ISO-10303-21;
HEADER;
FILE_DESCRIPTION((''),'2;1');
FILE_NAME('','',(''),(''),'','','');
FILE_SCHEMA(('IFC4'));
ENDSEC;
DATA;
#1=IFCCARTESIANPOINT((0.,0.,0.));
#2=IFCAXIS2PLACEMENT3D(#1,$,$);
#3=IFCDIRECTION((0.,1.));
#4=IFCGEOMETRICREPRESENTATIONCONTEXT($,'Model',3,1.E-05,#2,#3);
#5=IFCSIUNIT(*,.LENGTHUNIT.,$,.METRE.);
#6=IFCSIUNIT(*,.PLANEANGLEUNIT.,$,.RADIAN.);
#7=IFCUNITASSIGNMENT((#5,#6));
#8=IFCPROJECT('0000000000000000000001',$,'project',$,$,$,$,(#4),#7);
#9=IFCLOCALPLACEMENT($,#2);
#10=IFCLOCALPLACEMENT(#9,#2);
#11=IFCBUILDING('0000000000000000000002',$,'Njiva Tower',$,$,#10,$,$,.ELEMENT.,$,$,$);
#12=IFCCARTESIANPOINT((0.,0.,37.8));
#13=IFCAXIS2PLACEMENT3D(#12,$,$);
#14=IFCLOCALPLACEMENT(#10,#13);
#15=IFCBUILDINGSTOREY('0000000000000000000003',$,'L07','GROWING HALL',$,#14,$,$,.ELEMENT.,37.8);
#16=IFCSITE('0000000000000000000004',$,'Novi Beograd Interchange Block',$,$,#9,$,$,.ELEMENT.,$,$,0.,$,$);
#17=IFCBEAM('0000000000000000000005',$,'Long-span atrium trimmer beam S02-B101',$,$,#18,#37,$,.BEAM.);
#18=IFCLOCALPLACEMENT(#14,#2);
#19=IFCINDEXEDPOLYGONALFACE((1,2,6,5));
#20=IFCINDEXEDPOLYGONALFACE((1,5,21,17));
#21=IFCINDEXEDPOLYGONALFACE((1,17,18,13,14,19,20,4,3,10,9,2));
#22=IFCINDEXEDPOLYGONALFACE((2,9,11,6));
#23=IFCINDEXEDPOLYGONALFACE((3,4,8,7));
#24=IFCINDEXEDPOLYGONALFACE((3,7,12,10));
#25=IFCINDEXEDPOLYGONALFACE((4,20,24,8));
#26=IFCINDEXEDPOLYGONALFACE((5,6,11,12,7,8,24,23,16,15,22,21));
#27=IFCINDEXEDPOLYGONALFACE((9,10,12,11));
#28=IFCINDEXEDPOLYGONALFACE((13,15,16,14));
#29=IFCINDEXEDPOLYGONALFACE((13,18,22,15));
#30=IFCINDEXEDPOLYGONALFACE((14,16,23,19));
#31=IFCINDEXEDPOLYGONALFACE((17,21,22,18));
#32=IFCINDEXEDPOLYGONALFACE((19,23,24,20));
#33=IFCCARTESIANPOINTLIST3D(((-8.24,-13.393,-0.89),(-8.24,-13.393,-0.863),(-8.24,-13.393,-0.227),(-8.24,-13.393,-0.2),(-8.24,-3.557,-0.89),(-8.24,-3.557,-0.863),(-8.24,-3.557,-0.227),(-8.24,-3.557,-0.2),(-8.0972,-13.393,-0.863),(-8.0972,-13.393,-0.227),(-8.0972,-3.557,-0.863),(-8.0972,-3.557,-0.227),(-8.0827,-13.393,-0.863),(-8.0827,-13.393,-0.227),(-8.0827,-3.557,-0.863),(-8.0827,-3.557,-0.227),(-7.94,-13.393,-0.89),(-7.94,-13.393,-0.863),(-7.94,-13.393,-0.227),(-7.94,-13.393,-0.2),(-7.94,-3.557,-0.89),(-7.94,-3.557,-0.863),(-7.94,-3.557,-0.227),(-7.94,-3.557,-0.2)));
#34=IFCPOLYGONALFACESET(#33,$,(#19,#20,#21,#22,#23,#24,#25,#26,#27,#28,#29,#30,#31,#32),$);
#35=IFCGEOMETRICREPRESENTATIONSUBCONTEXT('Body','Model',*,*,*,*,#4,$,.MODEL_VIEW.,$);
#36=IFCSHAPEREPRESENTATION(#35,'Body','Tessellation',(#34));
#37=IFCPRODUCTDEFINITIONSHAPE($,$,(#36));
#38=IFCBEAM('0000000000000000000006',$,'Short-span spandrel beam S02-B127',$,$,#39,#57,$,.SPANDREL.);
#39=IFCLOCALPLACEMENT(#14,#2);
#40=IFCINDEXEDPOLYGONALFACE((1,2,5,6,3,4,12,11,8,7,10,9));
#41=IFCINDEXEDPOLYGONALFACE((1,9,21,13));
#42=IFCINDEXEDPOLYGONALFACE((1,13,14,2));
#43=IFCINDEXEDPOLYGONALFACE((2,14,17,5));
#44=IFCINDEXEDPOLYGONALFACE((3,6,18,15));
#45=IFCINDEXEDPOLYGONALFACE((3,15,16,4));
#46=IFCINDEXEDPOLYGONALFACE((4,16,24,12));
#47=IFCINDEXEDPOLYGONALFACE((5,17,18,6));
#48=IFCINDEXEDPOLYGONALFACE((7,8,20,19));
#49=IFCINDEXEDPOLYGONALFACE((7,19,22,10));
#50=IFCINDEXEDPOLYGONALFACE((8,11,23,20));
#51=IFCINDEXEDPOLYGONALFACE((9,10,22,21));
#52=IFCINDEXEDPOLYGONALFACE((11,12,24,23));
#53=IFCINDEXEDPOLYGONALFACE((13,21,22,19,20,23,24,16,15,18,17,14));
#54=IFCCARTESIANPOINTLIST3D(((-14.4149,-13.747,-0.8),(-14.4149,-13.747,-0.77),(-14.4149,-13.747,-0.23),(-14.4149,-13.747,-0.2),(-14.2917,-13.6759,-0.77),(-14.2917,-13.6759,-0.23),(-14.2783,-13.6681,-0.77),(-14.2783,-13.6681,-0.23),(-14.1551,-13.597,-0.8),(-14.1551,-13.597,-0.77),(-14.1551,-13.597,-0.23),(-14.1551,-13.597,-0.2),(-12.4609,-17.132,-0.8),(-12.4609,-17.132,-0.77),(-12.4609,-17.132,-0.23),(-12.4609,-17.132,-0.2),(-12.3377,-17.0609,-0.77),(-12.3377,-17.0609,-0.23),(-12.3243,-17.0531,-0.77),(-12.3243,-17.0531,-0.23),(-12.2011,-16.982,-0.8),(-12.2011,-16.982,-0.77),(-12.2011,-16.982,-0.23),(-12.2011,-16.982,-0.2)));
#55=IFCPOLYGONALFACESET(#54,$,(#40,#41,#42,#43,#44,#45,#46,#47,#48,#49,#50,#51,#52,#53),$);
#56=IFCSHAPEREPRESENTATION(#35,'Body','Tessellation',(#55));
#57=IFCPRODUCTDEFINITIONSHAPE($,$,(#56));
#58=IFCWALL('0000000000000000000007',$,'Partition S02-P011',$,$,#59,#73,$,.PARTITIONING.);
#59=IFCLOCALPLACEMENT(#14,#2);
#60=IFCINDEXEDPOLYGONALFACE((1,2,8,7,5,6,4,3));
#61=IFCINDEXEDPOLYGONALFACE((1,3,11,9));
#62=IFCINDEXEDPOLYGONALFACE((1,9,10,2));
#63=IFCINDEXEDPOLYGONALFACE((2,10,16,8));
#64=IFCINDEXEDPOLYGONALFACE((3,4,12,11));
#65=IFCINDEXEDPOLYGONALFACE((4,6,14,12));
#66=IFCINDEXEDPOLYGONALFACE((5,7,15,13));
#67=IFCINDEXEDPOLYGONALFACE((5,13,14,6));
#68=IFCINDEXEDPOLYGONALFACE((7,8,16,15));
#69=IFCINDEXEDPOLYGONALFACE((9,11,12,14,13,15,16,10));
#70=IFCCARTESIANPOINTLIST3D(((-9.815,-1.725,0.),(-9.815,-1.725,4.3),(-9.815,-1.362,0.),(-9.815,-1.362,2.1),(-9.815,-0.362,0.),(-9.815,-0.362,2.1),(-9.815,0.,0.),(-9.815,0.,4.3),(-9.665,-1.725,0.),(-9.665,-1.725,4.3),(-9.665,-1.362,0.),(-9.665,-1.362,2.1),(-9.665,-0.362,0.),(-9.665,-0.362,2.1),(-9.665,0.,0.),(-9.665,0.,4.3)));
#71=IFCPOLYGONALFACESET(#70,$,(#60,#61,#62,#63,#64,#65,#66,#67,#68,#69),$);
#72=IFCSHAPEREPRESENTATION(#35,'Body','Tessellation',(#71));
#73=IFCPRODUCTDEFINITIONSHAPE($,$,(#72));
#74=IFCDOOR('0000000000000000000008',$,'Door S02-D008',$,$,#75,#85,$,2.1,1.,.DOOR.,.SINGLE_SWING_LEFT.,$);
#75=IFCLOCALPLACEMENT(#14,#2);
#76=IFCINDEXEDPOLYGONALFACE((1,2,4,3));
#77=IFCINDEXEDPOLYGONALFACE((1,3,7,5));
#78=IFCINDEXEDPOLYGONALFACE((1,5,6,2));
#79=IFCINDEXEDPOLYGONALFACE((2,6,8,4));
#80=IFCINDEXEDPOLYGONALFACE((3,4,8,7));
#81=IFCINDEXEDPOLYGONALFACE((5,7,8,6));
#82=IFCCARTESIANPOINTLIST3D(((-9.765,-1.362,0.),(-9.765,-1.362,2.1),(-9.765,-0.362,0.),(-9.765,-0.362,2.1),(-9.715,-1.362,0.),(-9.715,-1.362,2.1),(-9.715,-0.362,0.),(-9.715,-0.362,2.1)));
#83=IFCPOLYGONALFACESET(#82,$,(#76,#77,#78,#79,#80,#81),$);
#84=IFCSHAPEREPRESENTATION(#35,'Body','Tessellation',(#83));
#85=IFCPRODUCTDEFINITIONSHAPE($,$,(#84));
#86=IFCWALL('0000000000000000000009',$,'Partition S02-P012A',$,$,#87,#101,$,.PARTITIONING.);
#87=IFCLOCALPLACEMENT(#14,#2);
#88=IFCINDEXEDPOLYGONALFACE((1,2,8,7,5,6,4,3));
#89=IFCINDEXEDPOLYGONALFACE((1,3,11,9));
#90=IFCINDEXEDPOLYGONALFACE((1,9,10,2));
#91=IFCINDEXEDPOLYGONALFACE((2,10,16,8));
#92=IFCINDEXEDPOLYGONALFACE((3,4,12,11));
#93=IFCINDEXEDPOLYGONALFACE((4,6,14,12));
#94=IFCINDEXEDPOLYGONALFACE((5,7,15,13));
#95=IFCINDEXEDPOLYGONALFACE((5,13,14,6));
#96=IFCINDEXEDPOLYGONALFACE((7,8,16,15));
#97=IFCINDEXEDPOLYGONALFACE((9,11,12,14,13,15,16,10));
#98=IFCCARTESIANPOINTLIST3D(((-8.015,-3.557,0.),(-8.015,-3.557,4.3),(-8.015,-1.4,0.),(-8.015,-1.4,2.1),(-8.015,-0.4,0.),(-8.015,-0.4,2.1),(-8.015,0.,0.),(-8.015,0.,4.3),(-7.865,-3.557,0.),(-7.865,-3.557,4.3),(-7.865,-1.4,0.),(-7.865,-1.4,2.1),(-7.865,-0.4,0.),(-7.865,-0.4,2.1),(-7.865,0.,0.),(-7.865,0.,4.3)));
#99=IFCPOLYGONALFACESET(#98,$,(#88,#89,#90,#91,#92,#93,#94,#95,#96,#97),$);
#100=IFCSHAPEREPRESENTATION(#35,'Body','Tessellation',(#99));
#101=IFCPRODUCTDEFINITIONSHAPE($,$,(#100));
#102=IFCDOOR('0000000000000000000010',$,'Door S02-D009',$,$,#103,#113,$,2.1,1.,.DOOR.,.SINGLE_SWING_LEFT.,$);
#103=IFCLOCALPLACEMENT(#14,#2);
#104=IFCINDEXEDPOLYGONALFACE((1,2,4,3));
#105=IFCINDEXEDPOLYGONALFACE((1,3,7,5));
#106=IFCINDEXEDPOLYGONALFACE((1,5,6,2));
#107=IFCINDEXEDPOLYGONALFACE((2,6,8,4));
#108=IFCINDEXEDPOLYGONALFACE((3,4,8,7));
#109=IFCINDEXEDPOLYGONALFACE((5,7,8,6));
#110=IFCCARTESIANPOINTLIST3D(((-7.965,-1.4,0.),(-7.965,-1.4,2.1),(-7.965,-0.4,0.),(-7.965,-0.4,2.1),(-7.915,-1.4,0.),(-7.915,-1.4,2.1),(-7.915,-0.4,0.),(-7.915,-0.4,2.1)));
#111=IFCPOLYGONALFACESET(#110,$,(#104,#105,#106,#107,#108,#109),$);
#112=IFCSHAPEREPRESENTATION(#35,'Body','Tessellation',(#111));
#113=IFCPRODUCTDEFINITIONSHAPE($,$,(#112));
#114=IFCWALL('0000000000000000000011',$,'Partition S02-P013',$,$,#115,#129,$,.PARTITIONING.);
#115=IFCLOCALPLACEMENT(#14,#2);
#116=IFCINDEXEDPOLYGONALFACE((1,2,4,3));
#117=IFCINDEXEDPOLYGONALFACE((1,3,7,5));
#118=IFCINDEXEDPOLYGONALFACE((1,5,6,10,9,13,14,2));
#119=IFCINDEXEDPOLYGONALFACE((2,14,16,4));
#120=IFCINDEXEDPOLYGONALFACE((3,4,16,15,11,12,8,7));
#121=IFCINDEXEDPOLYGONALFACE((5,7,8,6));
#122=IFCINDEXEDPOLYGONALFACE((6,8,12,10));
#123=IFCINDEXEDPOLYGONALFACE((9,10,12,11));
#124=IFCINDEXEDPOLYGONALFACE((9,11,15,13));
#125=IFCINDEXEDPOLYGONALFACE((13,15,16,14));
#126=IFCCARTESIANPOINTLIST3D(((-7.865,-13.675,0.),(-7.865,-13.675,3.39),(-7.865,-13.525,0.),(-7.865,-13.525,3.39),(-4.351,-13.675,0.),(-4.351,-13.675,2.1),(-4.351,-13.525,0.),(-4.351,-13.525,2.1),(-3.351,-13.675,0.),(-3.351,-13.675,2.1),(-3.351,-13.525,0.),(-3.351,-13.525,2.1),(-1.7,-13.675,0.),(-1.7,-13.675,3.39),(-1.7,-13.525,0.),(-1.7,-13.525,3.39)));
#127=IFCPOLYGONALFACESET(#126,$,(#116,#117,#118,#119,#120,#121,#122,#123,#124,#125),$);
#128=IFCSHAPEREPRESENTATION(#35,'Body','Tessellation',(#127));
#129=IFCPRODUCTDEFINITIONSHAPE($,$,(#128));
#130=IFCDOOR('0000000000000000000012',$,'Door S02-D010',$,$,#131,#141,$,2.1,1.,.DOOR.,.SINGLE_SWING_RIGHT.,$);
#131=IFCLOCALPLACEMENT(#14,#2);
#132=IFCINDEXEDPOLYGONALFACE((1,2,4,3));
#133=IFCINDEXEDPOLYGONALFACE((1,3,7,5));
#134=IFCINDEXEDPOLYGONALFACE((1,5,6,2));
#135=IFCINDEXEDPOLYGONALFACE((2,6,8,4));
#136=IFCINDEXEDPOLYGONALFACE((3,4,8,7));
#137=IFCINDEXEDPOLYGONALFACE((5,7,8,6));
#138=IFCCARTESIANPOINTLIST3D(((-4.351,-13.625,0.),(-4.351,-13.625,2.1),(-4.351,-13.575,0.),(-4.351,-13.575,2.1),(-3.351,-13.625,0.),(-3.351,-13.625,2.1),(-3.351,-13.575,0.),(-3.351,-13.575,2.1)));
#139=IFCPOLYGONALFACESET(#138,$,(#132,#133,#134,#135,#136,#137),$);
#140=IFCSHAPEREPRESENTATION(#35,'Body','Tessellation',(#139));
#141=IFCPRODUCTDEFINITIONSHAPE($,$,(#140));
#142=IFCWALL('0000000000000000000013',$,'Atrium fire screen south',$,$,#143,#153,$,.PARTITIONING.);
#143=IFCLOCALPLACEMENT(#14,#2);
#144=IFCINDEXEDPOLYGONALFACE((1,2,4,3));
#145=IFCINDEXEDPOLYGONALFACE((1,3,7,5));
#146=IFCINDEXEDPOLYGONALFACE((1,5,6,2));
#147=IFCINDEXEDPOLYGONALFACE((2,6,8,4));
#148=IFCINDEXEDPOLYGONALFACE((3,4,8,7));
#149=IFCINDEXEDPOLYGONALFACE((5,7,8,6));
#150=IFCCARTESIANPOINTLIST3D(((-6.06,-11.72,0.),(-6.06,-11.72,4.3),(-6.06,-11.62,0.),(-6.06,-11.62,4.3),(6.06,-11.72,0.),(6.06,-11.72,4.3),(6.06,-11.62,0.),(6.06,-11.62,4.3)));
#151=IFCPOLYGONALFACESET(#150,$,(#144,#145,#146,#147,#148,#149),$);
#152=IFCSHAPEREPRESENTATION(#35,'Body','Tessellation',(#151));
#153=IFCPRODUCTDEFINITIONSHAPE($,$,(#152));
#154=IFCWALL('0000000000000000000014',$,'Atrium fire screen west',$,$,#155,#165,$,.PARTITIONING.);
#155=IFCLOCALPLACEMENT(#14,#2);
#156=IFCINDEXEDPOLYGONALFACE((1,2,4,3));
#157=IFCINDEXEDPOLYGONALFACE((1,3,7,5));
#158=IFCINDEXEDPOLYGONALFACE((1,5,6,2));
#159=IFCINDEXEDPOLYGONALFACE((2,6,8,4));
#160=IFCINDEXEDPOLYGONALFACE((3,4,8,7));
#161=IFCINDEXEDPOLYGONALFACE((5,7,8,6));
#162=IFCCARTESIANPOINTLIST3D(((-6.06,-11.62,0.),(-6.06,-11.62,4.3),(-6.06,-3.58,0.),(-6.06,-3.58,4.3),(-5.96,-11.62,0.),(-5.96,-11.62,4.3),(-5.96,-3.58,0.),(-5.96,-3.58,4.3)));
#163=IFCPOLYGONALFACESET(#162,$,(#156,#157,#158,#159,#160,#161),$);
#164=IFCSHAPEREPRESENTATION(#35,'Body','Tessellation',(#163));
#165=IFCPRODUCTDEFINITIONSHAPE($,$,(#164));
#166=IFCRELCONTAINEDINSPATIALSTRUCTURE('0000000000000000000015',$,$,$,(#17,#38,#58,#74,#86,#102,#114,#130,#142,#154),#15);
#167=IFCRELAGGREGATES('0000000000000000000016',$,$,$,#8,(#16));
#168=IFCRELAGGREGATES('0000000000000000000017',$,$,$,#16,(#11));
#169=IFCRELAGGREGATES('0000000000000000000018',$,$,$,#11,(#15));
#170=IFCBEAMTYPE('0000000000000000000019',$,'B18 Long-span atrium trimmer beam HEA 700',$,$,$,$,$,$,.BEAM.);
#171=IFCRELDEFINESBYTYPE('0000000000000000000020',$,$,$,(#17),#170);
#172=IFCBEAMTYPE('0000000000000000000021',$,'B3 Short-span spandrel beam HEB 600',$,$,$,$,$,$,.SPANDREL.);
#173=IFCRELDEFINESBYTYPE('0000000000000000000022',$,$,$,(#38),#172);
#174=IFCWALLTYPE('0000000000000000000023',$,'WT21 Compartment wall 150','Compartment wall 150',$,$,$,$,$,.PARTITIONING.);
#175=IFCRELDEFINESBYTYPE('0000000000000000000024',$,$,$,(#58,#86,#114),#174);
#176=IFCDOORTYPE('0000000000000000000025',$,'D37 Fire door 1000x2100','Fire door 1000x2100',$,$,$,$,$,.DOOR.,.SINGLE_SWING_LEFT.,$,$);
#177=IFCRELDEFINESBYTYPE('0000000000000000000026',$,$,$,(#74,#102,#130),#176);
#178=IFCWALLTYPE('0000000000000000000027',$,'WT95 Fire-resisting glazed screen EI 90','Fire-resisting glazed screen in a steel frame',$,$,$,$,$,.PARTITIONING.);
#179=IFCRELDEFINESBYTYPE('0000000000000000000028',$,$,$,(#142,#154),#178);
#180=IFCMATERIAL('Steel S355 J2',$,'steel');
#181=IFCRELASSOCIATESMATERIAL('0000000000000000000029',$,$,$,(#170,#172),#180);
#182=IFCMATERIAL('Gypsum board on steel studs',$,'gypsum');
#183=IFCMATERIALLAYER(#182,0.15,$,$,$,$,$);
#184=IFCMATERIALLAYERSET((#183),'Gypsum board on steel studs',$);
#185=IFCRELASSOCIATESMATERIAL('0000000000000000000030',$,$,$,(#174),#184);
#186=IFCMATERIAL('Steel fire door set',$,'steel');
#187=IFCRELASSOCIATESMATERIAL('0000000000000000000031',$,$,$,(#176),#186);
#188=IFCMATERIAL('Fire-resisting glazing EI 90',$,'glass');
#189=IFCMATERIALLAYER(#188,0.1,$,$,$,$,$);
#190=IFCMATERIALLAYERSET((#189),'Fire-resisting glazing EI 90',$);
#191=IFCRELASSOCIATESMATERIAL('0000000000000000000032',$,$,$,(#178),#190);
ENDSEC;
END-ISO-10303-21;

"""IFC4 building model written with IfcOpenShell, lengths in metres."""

from ifc_helpers import new_model, si_unit, direction, frame, frame_2d, origin, origin_2d, place, context, subcontext, project, spatial, rectangle, i_section, extrude, material, layer, layer_set, material_profile, profile_set, type_object, element, fill, save


model = new_model("IFC4")

# Units and contexts
model_context = context("Model", 3, precision=1e-05, world=origin(), true_north=direction((0.0, 1.0)))
body_context = subcontext(model_context, "Body", "Model", "MODEL_VIEW")
ifc_project = project(units=[si_unit("LENGTHUNIT", "METRE"), si_unit("PLANEANGLEUNIT", "RADIAN")], contexts=[model_context])

# Site, building, storey
site_placement = place(None, origin())
site = spatial("IfcSite", under=ifc_project, at=site_placement, Name="Novi Beograd Interchange Block", CompositionType="ELEMENT", RefElevation=0.0)
building_placement = place(site_placement, origin())
building = spatial("IfcBuilding", under=site, at=building_placement, Name="Njiva Tower", CompositionType="ELEMENT")
storey_placement = place(building_placement, frame((0.0, 0.0, 37.8)))
storey = spatial("IfcBuildingStorey", under=building, at=storey_placement, Name="L07", Description="GROWING HALL", CompositionType="ELEMENT", Elevation=37.8)

# Shared definitions
ifc_material_1 = material(Name="Steel S355 J2", Category="steel")

# Beams
ifc_material_profile_1 = material_profile(ifc_material_1, i_section(OverallWidth=0.3, OverallDepth=0.69, WebThickness=0.0145, FlangeThickness=0.027, at=origin_2d()), Name="HEA 700")
ifc_profile_set_1 = profile_set([ifc_material_profile_1], Name="Steel S355 J2")
beam_type_1 = type_object("IfcBeamType", Name="B18 Long-span atrium trimmer beam HEA 700", PredefinedType="BEAM", material=ifc_profile_set_1)
beam_1_placement = place(storey_placement, frame((-8.09, -3.557, -0.545), z_axis=(0.0, -1.0, 0.0), x_axis=(1.0, 0.0, 0.0)))
element("IfcBeam", 1, at=beam_1_placement, inside=storey, type_object=beam_type_1, Name="Long-span atrium trimmer beam S02-B101", PredefinedType="BEAM", context=body_context, shape_type="SweptSolid", body=[
    extrude(i_section(OverallWidth=0.3, OverallDepth=0.69, WebThickness=0.0145, FlangeThickness=0.027, at=origin_2d()), origin(), (0.0, 0.0, 1.0), 9.836),
])
ifc_material_profile_2 = material_profile(ifc_material_1, i_section(OverallWidth=0.3, OverallDepth=0.6, WebThickness=0.0155, FlangeThickness=0.03, at=origin_2d()), Name="HEB 600")
ifc_profile_set_2 = profile_set([ifc_material_profile_2], Name="Steel S355 J2")
beam_type_2 = type_object("IfcBeamType", Name="B3 Short-span spandrel beam HEB 600", PredefinedType="SPANDREL", material=ifc_profile_set_2)
beam_2_placement = place(storey_placement, frame((-14.285, -13.672, -0.5), z_axis=(0.499937, -0.866062, 0.0), x_axis=(0.866062, 0.499937, 0.0)))
element("IfcBeam", 2, at=beam_2_placement, inside=storey, type_object=beam_type_2, Name="Short-span spandrel beam S02-B127", PredefinedType="SPANDREL", context=body_context, shape_type="SweptSolid", body=[
    extrude(i_section(OverallWidth=0.3, OverallDepth=0.6, WebThickness=0.0155, FlangeThickness=0.03, at=origin_2d()), origin(), (0.0, 0.0, 1.0), 3.9085),
])

# Walls, openings, doors
ifc_material_2 = material(Name="Gypsum board on steel studs", Category="gypsum")
ifc_layer_1 = layer(ifc_material_2, 0.15)
ifc_layer_set_1 = layer_set([ifc_layer_1], Name="Gypsum board on steel studs")
wall_type_1 = type_object("IfcWallType", Name="WT21 Compartment wall 150", Description="Compartment wall 150", PredefinedType="PARTITIONING", material=ifc_layer_set_1)
wall_1_placement = place(storey_placement, frame((-9.74, -1.725, 0.0), z_axis=(0.0, 0.0, 1.0), x_axis=(0.0, 1.0, 0.0)))
wall_1 = element("IfcWall", 3, at=wall_1_placement, inside=storey, type_object=wall_type_1, Name="Partition S02-P011", PredefinedType="PARTITIONING", context=body_context, shape_type="SweptSolid", body=[
    extrude(rectangle(XDim=1.725, YDim=0.15, at=frame_2d((0.8625, 0.0))), origin(), (0.0, 0.0, 1.0), 4.3),
])
opening_1_placement = place(wall_1_placement, frame((0.363, 0.0, 0.0)))
opening_1 = element("IfcOpeningElement", 4, at=opening_1_placement, cuts=wall_1, PredefinedType="OPENING", context=body_context, shape_type="SweptSolid", body=[
    extrude(rectangle(XDim=1.0, YDim=2.1, at=frame_2d((0.5, 1.05))), frame((0.0, 0.085, 0.0), z_axis=(0.0, -1.0, 0.0), x_axis=(1.0, 0.0, 0.0)), (0.0, 0.0, 1.0), 0.17),
])
ifc_material_3 = material(Name="Steel fire door set", Category="steel")
door_type = type_object("IfcDoorType", Name="D37 Fire door 1000x2100", Description="Fire door 1000x2100", OperationType="SINGLE_SWING_LEFT", PredefinedType="DOOR", material=ifc_material_3)
door_1_placement = place(opening_1_placement, origin())
door_1 = element("IfcDoor", 5, at=door_1_placement, inside=storey, type_object=door_type, Name="Door S02-D008", OperationType="SINGLE_SWING_LEFT", OverallHeight=2.1, OverallWidth=1.0, PredefinedType="DOOR", context=body_context, shape_type="SweptSolid", body=[
    extrude(rectangle(XDim=1.0, YDim=2.1, at=frame_2d((0.5, 1.05))), frame((0.0, 0.025, 0.0), z_axis=(0.0, -1.0, 0.0), x_axis=(1.0, 0.0, 0.0)), (0.0, 0.0, 1.0), 0.05),
])
fill(opening_1, door_1)
wall_2_placement = place(storey_placement, frame((-7.94, -3.557, 0.0), z_axis=(0.0, 0.0, 1.0), x_axis=(0.0, 1.0, 0.0)))
wall_2 = element("IfcWall", 6, at=wall_2_placement, inside=storey, type_object=wall_type_1, Name="Partition S02-P012A", PredefinedType="PARTITIONING", context=body_context, shape_type="SweptSolid", body=[
    extrude(rectangle(XDim=3.557, YDim=0.15, at=frame_2d((1.7785, 0.0))), origin(), (0.0, 0.0, 1.0), 4.3),
])
opening_2_placement = place(wall_2_placement, frame((2.157, 0.0, 0.0)))
opening_2 = element("IfcOpeningElement", 7, at=opening_2_placement, cuts=wall_2, PredefinedType="OPENING", context=body_context, shape_type="SweptSolid", body=[
    extrude(rectangle(XDim=1.0, YDim=2.1, at=frame_2d((0.5, 1.05))), frame((0.0, 0.085, 0.0), z_axis=(0.0, -1.0, 0.0), x_axis=(1.0, 0.0, 0.0)), (0.0, 0.0, 1.0), 0.17),
])
door_2_placement = place(opening_2_placement, origin())
door_2 = element("IfcDoor", 8, at=door_2_placement, inside=storey, type_object=door_type, Name="Door S02-D009", OperationType="SINGLE_SWING_LEFT", OverallHeight=2.1, OverallWidth=1.0, PredefinedType="DOOR", context=body_context, shape_type="SweptSolid", body=[
    extrude(rectangle(XDim=1.0, YDim=2.1, at=frame_2d((0.5, 1.05))), frame((0.0, 0.025, 0.0), z_axis=(0.0, -1.0, 0.0), x_axis=(1.0, 0.0, 0.0)), (0.0, 0.0, 1.0), 0.05),
])
fill(opening_2, door_2)
wall_3_placement = place(storey_placement, frame((-7.865, -13.6, 0.0), z_axis=(0.0, 0.0, 1.0), x_axis=(1.0, 0.0, 0.0)))
wall_3 = element("IfcWall", 9, at=wall_3_placement, inside=storey, type_object=wall_type_1, Name="Partition S02-P013", PredefinedType="PARTITIONING", context=body_context, shape_type="SweptSolid", body=[
    extrude(rectangle(XDim=6.165, YDim=0.15, at=frame_2d((3.0825, 0.0))), origin(), (0.0, 0.0, 1.0), 3.39),
])
opening_3_placement = place(wall_3_placement, frame((3.514, 0.0, 0.0)))
opening_3 = element("IfcOpeningElement", 10, at=opening_3_placement, cuts=wall_3, PredefinedType="OPENING", context=body_context, shape_type="SweptSolid", body=[
    extrude(rectangle(XDim=1.0, YDim=2.1, at=frame_2d((0.5, 1.05))), frame((0.0, 0.085, 0.0), z_axis=(0.0, -1.0, 0.0), x_axis=(1.0, 0.0, 0.0)), (0.0, 0.0, 1.0), 0.17),
])
door_3_placement = place(opening_3_placement, origin())
door_3 = element("IfcDoor", 11, at=door_3_placement, inside=storey, type_object=door_type, Name="Door S02-D010", OperationType="SINGLE_SWING_RIGHT", OverallHeight=2.1, OverallWidth=1.0, PredefinedType="DOOR", context=body_context, shape_type="SweptSolid", body=[
    extrude(rectangle(XDim=1.0, YDim=2.1, at=frame_2d((0.5, 1.05))), frame((0.0, 0.025, 0.0), z_axis=(0.0, -1.0, 0.0), x_axis=(1.0, 0.0, 0.0)), (0.0, 0.0, 1.0), 0.05),
])
fill(opening_3, door_3)

# Walls
ifc_material_4 = material(Name="Fire-resisting glazing EI 90", Category="glass")
ifc_layer_2 = layer(ifc_material_4, 0.1)
ifc_layer_set_2 = layer_set([ifc_layer_2], Name="Fire-resisting glazing EI 90")
wall_type_2 = type_object("IfcWallType", Name="WT95 Fire-resisting glazed screen EI 90", Description="Fire-resisting glazed screen in a steel frame", PredefinedType="PARTITIONING", material=ifc_layer_set_2)
wall_4_placement = place(storey_placement, frame((-6.06, -11.67, 0.0), z_axis=(0.0, 0.0, 1.0), x_axis=(1.0, 0.0, 0.0)))
element("IfcWall", 12, at=wall_4_placement, inside=storey, type_object=wall_type_2, Name="Atrium fire screen south", PredefinedType="PARTITIONING", context=body_context, shape_type="SweptSolid", body=[
    extrude(rectangle(XDim=12.12, YDim=0.1, at=frame_2d((6.06, 0.0))), origin(), (0.0, 0.0, 1.0), 4.3),
])
wall_5_placement = place(storey_placement, frame((-6.01, -3.58, 0.0), z_axis=(0.0, 0.0, 1.0), x_axis=(0.0, -1.0, 0.0)))
element("IfcWall", 13, at=wall_5_placement, inside=storey, type_object=wall_type_2, Name="Atrium fire screen west", PredefinedType="PARTITIONING", context=body_context, shape_type="SweptSolid", body=[
    extrude(rectangle(XDim=8.04, YDim=0.1, at=frame_2d((4.02, 0.0))), origin(), (0.0, 0.0, 1.0), 4.3),
])

save(model, "model.ifc")
